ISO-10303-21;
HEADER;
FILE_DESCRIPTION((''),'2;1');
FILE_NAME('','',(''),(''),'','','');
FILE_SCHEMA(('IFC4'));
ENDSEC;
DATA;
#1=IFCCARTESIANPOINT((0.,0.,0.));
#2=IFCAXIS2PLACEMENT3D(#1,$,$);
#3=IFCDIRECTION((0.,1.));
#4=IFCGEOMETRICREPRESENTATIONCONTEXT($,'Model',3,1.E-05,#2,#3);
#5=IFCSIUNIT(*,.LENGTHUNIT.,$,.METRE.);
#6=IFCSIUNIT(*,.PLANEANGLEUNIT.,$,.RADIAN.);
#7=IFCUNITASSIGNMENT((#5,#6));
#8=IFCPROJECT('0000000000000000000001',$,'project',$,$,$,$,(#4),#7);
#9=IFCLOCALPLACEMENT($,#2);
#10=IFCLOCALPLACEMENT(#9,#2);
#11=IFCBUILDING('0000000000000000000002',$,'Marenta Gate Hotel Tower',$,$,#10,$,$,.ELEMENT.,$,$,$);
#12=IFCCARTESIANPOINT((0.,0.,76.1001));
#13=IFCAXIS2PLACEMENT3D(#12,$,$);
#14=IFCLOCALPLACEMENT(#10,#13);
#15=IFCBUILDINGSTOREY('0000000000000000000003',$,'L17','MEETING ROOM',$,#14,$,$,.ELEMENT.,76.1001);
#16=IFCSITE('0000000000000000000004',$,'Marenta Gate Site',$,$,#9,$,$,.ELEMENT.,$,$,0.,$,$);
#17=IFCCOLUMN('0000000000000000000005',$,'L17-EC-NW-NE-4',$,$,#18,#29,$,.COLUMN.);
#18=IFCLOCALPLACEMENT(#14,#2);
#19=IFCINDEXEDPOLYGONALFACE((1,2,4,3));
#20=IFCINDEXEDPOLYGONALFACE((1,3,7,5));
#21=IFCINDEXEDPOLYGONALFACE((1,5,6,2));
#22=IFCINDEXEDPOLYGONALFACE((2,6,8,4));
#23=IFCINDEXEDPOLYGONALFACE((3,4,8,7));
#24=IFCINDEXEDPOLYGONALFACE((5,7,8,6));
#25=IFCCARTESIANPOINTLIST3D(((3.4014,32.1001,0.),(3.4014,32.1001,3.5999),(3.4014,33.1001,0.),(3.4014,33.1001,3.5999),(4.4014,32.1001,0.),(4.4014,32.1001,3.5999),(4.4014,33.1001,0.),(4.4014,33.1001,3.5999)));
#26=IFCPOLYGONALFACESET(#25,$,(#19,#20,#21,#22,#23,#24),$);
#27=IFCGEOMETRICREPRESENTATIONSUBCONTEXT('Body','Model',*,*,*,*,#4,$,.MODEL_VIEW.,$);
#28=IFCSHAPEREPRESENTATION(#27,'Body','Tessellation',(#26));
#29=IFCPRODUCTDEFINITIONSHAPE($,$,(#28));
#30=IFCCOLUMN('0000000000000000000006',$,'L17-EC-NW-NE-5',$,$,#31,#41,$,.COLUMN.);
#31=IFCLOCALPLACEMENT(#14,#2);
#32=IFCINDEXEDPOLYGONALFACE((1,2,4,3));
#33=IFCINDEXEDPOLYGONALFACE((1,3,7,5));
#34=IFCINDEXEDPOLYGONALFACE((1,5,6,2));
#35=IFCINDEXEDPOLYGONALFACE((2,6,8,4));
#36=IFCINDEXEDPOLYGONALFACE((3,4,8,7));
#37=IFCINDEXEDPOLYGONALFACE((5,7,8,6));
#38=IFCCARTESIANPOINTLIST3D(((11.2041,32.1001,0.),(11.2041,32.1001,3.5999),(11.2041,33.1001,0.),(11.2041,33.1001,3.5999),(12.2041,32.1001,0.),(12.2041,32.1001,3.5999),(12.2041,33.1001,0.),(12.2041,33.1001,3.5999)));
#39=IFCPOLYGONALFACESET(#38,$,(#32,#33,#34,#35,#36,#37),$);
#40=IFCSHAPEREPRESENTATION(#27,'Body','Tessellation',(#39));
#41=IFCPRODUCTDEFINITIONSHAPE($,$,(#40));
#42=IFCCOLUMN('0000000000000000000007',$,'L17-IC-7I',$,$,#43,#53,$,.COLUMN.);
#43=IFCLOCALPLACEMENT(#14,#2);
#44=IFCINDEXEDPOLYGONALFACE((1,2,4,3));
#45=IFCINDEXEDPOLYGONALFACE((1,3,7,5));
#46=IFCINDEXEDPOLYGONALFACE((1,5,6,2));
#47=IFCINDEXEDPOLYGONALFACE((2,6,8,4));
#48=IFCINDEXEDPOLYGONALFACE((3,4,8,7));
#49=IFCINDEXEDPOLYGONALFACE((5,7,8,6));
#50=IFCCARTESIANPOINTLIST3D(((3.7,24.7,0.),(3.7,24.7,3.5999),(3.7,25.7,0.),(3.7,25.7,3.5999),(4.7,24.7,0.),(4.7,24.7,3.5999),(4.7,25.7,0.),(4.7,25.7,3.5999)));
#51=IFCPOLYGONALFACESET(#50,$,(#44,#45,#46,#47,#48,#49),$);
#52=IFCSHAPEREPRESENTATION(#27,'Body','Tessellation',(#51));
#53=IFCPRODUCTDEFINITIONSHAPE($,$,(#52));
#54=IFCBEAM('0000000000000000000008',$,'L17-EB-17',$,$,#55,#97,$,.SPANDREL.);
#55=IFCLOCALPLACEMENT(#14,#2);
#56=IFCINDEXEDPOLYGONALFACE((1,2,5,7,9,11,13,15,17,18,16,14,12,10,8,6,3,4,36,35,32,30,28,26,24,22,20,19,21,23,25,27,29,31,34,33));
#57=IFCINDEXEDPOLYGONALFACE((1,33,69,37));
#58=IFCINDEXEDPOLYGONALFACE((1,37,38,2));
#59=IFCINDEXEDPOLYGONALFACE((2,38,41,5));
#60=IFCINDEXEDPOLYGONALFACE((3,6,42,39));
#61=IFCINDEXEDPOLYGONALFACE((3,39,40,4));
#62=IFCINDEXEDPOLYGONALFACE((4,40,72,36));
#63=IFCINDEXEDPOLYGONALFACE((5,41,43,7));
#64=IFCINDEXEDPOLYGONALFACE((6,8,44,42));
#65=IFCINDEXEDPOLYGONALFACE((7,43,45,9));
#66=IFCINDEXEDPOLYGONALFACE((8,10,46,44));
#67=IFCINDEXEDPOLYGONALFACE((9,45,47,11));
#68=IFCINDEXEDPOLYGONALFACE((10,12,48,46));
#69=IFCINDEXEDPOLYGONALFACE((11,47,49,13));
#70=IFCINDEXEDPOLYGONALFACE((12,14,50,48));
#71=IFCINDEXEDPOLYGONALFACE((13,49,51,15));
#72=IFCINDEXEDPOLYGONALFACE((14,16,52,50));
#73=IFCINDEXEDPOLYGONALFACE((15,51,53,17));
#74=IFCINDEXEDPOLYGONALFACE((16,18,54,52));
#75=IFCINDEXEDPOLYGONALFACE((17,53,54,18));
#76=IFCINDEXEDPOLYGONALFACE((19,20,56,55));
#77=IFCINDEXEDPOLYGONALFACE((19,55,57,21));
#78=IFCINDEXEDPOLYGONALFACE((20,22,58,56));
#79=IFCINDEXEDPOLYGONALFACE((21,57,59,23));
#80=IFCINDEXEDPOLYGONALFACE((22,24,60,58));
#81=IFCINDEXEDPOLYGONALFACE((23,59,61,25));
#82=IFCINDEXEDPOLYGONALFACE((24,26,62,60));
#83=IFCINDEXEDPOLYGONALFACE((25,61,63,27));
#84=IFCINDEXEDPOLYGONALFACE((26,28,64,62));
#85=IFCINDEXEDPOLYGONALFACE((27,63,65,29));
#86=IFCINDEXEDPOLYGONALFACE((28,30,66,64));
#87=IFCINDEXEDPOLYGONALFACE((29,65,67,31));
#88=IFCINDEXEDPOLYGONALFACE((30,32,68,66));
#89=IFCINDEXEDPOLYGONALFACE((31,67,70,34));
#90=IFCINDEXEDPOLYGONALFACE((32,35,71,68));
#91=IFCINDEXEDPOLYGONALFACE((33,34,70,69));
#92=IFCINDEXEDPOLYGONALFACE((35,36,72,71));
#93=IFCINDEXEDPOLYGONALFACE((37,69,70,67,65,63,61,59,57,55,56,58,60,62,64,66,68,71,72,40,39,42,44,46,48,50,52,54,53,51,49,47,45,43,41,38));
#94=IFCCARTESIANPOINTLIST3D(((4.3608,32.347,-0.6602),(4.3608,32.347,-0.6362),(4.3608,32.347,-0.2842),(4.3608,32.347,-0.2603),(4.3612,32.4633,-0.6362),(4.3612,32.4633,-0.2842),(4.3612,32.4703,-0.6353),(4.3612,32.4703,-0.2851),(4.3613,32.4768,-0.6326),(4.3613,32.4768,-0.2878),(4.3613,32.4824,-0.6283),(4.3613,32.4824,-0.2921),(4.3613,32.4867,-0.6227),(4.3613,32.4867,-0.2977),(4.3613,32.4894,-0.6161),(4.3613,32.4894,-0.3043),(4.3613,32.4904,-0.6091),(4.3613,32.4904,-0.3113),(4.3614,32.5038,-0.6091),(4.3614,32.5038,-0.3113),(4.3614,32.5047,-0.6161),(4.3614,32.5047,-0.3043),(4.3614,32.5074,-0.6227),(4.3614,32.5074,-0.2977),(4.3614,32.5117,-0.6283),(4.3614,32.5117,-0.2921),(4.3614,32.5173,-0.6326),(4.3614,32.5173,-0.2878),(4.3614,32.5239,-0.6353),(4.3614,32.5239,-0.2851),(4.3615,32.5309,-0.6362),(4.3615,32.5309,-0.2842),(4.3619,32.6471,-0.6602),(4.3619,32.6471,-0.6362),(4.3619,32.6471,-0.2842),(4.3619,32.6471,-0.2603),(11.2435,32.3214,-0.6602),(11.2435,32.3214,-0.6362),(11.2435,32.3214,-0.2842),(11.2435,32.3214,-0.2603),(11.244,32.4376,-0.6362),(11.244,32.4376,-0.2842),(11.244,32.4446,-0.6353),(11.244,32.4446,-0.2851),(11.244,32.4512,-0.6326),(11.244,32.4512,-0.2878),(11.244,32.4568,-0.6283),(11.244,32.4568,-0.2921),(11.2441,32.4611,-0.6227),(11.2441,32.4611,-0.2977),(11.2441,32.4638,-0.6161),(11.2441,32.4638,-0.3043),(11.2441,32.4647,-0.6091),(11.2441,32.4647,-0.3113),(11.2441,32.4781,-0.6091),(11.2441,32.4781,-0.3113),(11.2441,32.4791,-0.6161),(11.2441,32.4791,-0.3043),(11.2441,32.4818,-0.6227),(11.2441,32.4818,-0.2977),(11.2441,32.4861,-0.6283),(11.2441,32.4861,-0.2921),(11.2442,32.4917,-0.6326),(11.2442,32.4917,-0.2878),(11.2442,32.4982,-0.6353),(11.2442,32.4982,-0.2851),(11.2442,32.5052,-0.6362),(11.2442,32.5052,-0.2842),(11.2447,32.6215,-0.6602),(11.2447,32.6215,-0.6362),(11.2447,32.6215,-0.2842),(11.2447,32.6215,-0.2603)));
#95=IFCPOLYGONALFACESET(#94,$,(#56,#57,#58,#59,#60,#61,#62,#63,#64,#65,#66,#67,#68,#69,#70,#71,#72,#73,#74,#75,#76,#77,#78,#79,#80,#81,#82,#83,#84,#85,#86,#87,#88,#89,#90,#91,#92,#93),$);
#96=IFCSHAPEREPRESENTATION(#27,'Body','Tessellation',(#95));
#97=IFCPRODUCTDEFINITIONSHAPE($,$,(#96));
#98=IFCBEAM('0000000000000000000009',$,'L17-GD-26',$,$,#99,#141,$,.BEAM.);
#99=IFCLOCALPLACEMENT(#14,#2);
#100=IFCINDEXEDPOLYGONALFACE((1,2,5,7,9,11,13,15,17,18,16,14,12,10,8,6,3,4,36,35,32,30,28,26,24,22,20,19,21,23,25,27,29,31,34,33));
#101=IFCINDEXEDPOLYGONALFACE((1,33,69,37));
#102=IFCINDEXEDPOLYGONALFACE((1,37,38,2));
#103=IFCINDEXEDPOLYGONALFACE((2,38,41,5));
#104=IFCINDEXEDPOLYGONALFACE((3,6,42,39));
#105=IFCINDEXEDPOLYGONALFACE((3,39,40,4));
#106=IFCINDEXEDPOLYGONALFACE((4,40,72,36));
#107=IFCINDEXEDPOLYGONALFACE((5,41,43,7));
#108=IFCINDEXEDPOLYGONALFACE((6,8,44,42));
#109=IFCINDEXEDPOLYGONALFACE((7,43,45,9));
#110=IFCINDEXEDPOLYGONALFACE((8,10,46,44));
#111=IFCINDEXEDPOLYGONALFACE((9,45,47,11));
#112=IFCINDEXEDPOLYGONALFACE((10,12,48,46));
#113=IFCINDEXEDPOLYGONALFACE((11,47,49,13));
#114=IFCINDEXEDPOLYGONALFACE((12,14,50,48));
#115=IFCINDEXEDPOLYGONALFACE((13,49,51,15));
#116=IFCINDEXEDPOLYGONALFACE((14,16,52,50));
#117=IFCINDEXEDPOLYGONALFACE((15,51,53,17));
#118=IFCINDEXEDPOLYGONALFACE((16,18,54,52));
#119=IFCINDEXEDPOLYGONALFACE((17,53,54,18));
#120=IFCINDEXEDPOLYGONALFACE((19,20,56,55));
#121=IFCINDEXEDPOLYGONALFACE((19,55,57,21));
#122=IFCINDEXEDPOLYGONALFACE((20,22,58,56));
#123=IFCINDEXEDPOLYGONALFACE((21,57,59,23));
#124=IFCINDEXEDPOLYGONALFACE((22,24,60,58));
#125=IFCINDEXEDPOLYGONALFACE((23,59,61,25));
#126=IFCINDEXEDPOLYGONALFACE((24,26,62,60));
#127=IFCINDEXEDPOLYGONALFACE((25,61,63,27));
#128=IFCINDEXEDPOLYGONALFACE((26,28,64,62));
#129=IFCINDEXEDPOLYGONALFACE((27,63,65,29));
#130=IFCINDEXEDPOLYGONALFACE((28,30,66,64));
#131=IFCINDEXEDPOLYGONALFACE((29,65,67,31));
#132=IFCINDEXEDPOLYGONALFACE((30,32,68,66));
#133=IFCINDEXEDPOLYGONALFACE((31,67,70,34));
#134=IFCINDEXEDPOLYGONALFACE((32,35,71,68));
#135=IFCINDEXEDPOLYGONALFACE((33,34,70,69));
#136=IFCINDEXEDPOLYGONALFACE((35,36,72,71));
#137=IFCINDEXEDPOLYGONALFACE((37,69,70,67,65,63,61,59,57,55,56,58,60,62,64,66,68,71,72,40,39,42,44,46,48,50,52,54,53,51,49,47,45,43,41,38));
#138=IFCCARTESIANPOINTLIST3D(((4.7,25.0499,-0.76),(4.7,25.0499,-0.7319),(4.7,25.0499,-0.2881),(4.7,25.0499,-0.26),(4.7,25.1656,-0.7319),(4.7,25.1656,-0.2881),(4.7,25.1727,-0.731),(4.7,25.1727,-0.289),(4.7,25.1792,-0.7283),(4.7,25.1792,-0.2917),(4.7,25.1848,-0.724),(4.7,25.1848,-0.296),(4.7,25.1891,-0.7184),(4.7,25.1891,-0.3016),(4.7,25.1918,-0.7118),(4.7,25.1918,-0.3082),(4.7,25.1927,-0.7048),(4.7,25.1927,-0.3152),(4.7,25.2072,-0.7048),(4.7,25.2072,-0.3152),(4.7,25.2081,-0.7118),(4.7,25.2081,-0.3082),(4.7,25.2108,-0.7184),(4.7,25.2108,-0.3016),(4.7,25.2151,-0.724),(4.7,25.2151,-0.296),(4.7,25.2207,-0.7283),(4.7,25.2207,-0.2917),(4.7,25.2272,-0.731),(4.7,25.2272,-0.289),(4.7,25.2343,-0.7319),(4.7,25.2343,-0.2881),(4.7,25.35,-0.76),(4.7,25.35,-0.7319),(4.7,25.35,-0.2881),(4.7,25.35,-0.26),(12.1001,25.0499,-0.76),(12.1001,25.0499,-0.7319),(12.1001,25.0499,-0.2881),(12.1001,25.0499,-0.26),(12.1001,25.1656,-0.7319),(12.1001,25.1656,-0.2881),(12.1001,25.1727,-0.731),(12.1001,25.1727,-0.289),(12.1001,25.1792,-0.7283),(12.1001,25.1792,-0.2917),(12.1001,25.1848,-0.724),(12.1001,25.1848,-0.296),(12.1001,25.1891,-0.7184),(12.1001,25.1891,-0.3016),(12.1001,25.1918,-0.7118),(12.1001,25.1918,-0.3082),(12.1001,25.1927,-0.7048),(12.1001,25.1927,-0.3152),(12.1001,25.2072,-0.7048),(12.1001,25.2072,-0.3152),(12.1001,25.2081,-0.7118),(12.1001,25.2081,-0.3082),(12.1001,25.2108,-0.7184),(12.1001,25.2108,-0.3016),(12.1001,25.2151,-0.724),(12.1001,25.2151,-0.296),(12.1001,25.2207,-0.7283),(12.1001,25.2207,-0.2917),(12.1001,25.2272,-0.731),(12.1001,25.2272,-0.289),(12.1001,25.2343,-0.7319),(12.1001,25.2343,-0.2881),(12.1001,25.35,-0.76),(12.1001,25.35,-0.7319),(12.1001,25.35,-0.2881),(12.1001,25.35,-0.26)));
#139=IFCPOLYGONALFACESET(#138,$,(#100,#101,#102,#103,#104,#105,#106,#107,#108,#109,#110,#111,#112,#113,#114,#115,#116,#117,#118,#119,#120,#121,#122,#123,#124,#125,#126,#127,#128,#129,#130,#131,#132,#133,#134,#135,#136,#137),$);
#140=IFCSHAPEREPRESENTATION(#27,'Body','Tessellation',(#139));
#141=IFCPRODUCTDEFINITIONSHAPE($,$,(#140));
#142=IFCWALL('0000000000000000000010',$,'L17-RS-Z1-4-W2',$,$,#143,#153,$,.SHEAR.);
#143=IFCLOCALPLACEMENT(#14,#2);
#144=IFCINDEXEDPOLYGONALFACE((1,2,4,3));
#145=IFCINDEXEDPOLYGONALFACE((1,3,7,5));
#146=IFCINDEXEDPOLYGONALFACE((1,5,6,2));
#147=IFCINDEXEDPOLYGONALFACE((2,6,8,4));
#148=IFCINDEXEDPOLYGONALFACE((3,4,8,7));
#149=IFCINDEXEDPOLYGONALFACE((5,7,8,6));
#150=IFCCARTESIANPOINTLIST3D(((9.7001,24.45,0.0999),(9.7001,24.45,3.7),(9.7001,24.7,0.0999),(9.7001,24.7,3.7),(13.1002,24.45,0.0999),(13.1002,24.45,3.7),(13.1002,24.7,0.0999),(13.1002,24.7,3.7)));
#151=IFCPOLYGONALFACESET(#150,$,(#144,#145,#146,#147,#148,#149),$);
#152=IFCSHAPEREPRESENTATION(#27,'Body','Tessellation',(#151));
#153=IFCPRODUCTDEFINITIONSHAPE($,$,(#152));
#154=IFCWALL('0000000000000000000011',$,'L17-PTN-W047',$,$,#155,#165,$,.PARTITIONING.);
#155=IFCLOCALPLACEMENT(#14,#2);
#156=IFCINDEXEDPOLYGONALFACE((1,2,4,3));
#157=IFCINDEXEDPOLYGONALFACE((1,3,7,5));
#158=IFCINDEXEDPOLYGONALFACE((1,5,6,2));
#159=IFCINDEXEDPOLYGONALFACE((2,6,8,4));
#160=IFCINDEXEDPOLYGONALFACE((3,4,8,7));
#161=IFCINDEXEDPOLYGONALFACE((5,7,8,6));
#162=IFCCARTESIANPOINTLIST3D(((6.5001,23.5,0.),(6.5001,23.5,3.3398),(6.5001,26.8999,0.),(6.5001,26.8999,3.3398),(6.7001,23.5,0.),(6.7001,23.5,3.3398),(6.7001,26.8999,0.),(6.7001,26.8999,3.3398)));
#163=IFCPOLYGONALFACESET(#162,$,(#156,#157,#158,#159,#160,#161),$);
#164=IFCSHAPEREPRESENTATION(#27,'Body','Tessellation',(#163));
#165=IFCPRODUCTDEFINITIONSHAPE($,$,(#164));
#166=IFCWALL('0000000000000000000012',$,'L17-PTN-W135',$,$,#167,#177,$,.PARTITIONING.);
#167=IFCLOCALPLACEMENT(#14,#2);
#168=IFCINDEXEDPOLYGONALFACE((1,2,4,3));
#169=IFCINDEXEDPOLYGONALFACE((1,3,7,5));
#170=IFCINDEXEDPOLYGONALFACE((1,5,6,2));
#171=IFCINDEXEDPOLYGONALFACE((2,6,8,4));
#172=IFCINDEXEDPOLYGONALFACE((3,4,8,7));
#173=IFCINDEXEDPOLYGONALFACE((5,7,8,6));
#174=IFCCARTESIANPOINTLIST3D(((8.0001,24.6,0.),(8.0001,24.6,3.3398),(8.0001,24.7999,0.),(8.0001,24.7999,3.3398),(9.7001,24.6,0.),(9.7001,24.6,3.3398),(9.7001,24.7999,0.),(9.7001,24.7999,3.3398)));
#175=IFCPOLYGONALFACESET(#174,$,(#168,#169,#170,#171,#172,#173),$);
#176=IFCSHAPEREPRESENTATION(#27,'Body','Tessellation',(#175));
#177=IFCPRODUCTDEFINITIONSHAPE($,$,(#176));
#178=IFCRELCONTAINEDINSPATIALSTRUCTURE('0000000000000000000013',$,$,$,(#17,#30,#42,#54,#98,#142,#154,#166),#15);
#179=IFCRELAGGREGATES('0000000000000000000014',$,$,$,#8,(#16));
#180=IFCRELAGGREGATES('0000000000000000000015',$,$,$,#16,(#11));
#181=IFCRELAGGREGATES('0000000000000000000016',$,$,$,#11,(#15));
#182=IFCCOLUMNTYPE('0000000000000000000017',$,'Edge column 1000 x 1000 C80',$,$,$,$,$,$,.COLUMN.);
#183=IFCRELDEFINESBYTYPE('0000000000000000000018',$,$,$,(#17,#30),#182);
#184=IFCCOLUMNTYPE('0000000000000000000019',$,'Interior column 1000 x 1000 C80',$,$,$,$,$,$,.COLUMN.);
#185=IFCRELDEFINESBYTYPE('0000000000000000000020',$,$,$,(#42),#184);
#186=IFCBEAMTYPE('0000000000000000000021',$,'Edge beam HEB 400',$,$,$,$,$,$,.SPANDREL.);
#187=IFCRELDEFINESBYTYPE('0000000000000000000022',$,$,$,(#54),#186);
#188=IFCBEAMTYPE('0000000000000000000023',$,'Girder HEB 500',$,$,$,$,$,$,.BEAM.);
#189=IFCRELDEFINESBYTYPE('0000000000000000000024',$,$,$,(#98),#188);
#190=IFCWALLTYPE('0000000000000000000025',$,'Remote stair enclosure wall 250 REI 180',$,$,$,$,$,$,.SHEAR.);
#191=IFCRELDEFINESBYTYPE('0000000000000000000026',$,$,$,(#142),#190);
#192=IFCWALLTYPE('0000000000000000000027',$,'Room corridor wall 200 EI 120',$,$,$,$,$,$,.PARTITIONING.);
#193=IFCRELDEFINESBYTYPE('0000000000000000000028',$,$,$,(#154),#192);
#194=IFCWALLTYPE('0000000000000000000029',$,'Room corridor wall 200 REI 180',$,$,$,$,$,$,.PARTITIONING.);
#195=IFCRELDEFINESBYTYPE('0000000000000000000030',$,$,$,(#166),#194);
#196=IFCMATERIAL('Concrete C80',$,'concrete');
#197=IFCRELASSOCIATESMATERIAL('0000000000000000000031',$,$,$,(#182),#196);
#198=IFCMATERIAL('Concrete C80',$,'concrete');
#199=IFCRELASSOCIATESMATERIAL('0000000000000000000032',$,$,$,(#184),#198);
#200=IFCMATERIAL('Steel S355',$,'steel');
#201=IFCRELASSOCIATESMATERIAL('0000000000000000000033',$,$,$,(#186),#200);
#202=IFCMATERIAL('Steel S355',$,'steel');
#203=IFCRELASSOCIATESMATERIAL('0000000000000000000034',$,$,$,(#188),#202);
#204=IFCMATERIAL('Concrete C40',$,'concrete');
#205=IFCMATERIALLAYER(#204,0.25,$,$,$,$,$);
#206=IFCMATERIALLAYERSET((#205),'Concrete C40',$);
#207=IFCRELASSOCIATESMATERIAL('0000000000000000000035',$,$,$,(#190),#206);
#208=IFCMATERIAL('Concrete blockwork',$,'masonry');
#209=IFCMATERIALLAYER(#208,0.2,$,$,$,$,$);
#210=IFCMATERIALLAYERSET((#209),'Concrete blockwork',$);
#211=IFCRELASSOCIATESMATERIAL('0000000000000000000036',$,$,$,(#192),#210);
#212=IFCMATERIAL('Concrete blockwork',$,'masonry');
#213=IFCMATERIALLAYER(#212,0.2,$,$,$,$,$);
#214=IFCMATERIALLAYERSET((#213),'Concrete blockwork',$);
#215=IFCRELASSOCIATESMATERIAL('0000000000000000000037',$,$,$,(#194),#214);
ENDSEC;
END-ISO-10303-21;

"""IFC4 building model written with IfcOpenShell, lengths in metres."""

from ifc_helpers import new_model, si_unit, direction, frame, frame_2d, origin, origin_2d, place, context, subcontext, project, spatial, rectangle, i_section, extrude, material, layer, layer_set, material_profile, profile_set, type_object, element, save


model = new_model("IFC4")

# Units and contexts
model_context = context("Model", 3, precision=1e-05, world=origin(), true_north=direction((0.0, 1.0)))
body_context = subcontext(model_context, "Body", "Model", "MODEL_VIEW")
ifc_project = project(units=[si_unit("LENGTHUNIT", "METRE"), si_unit("PLANEANGLEUNIT", "RADIAN")], contexts=[model_context])

# Site, building, storey
site_placement = place(None, origin())
site = spatial("IfcSite", under=ifc_project, at=site_placement, Name="Marenta Gate Site", CompositionType="ELEMENT", RefElevation=0.0)
building_placement = place(site_placement, origin())
building = spatial("IfcBuilding", under=site, at=building_placement, Name="Marenta Gate Hotel Tower", CompositionType="ELEMENT")
storey_placement = place(building_placement, frame((0.0, 0.0, 76.1001)))
storey = spatial("IfcBuildingStorey", under=building, at=storey_placement, Name="L17", Description="MEETING ROOM", CompositionType="ELEMENT", Elevation=76.1001)

# Columns
ifc_material_1 = material(Name="Concrete C80", Category="concrete")
ifc_material_profile_1 = material_profile(ifc_material_1, rectangle(XDim=1.0, YDim=1.0, at=origin_2d()), Name="1000 x 1000")
ifc_profile_set_1 = profile_set([ifc_material_profile_1], Name="Concrete C80")
column_type_1 = type_object("IfcColumnType", Name="Edge column 1000 x 1000 C80", PredefinedType="COLUMN", material=ifc_profile_set_1)
for number, where, z_axis, x_axis, name in (
    (1, (3.9014, 32.6001, 0.0), (0.0, 0.0, 1.0), (1.0, 0.0, 0.0), "L17-EC-NW-NE-4"),
    (2, (11.7041, 32.6001, 0.0), (0.0, 0.0, 1.0), (1.0, 0.0, 0.0), "L17-EC-NW-NE-5"),
):
    element("IfcColumn", number, at=place(storey_placement, frame(where, z_axis=z_axis, x_axis=x_axis)), inside=storey, type_object=column_type_1, Name=name, PredefinedType="COLUMN", context=body_context, shape_type="SweptSolid", body=[
        extrude(rectangle(XDim=1.0, YDim=1.0, at=origin_2d()), origin(), (0.0, 0.0, 1.0), 3.5999),
    ])
ifc_material_2 = material(Name="Concrete C80", Category="concrete")
ifc_material_profile_2 = material_profile(ifc_material_2, rectangle(XDim=1.0, YDim=1.0, at=origin_2d()), Name="1000 x 1000")
ifc_profile_set_2 = profile_set([ifc_material_profile_2], Name="Concrete C80")
column_type_2 = type_object("IfcColumnType", Name="Interior column 1000 x 1000 C80", PredefinedType="COLUMN", material=ifc_profile_set_2)
column_placement = place(storey_placement, frame((4.2, 25.2, 0.0), z_axis=(0.0, 0.0, 1.0), x_axis=(1.0, 0.0, 0.0)))
element("IfcColumn", 3, at=column_placement, inside=storey, type_object=column_type_2, Name="L17-IC-7I", PredefinedType="COLUMN", context=body_context, shape_type="SweptSolid", body=[
    extrude(rectangle(XDim=1.0, YDim=1.0, at=origin_2d()), origin(), (0.0, 0.0, 1.0), 3.5999),
])

# Beams
ifc_material_3 = material(Name="Steel S355", Category="steel")
ifc_material_profile_3 = material_profile(ifc_material_3, i_section(OverallWidth=0.3, OverallDepth=0.3999, WebThickness=0.0134, FlangeThickness=0.0239, FilletRadius=0.0271, at=origin_2d()), Name="HEB 400")
ifc_profile_set_3 = profile_set([ifc_material_profile_3], Name="Steel S355")
beam_type_1 = type_object("IfcBeamType", Name="Edge beam HEB 400", PredefinedType="SPANDREL", material=ifc_profile_set_3)
beam_1_placement = place(storey_placement, frame((4.3613, 32.4971, -0.4602), z_axis=(0.999993, -0.003724, 0.0), x_axis=(0.003724, 0.999993, 0.0)))
element("IfcBeam", 4, at=beam_1_placement, inside=storey, type_object=beam_type_1, Name="L17-EB-17", PredefinedType="SPANDREL", context=body_context, shape_type="SweptSolid", body=[
    extrude(i_section(OverallWidth=0.3, OverallDepth=0.3999, WebThickness=0.0134, FlangeThickness=0.0239, FilletRadius=0.0271, at=origin_2d()), origin(), (0.0, 0.0, 1.0), 6.8828),
])
ifc_material_4 = material(Name="Steel S355", Category="steel")
ifc_material_profile_4 = material_profile(ifc_material_4, i_section(OverallWidth=0.3, OverallDepth=0.5, WebThickness=0.0144, FlangeThickness=0.0281, FilletRadius=0.0271, at=origin_2d()), Name="HEB 500")
ifc_profile_set_4 = profile_set([ifc_material_profile_4], Name="Steel S355")
beam_type_2 = type_object("IfcBeamType", Name="Girder HEB 500", PredefinedType="BEAM", material=ifc_profile_set_4)
beam_2_placement = place(storey_placement, frame((4.7, 25.2, -0.51), z_axis=(1.0, 0.0, 0.0), x_axis=(0.0, 1.0, 0.0)))
element("IfcBeam", 5, at=beam_2_placement, inside=storey, type_object=beam_type_2, Name="L17-GD-26", PredefinedType="BEAM", context=body_context, shape_type="SweptSolid", body=[
    extrude(i_section(OverallWidth=0.3, OverallDepth=0.5, WebThickness=0.0144, FlangeThickness=0.0281, FilletRadius=0.0271, at=origin_2d()), origin(), (0.0, 0.0, 1.0), 7.4001),
])

# Walls
ifc_material_5 = material(Name="Concrete C40", Category="concrete")
ifc_layer_1 = layer(ifc_material_5, 0.25)
ifc_layer_set_1 = layer_set([ifc_layer_1], Name="Concrete C40")
wall_type_1 = type_object("IfcWallType", Name="Remote stair enclosure wall 250 REI 180", PredefinedType="SHEAR", material=ifc_layer_set_1)
wall_1_placement = place(storey_placement, frame((9.7, 24.575, 0.0999), z_axis=(0.0, 0.0, 1.0), x_axis=(1.0, 0.0, 0.0)))
element("IfcWall", 6, at=wall_1_placement, inside=storey, type_object=wall_type_1, Name="L17-RS-Z1-4-W2", PredefinedType="SHEAR", context=body_context, shape_type="SweptSolid", body=[
    extrude(rectangle(XDim=3.4001, YDim=0.25, at=frame_2d((1.7002, 0.0))), origin(), (0.0, 0.0, 1.0), 3.6001),
])
ifc_material_6 = material(Name="Concrete blockwork", Category="masonry")
ifc_layer_2 = layer(ifc_material_6, 0.2)
ifc_layer_set_2 = layer_set([ifc_layer_2], Name="Concrete blockwork")
wall_type_2 = type_object("IfcWallType", Name="Room corridor wall 200 EI 120", PredefinedType="PARTITIONING", material=ifc_layer_set_2)
wall_2_placement = place(storey_placement, frame((6.6001, 23.5, 0.0), z_axis=(0.0, 0.0, 1.0), x_axis=(0.0, 1.0, 0.0)))
element("IfcWall", 7, at=wall_2_placement, inside=storey, type_object=wall_type_2, Name="L17-PTN-W047", PredefinedType="PARTITIONING", context=body_context, shape_type="SweptSolid", body=[
    extrude(rectangle(XDim=3.3999, YDim=0.2, at=frame_2d((1.7, 0.0))), origin(), (0.0, 0.0, 1.0), 3.3398),
])

# Shared definitions
ifc_material_7 = material(Name="Concrete blockwork", Category="masonry")
ifc_layer_3 = layer(ifc_material_7, 0.2)
ifc_layer_set_3 = layer_set([ifc_layer_3], Name="Concrete blockwork")
wall_type_3 = type_object("IfcWallType", Name="Room corridor wall 200 REI 180", PredefinedType="PARTITIONING", material=ifc_layer_set_3)

# Wall
wall_3_placement = place(storey_placement, frame((8.0, 24.7, 0.0), z_axis=(0.0, 0.0, 1.0), x_axis=(1.0, 0.0, 0.0)))
element("IfcWall", 8, at=wall_3_placement, inside=storey, type_object=wall_type_3, Name="L17-PTN-W135", PredefinedType="PARTITIONING", context=body_context, shape_type="SweptSolid", body=[
    extrude(rectangle(XDim=1.7, YDim=0.2, at=frame_2d((0.8501, 0.0))), origin(), (0.0, 0.0, 1.0), 3.3398),
])

save(model, "model.ifc")
